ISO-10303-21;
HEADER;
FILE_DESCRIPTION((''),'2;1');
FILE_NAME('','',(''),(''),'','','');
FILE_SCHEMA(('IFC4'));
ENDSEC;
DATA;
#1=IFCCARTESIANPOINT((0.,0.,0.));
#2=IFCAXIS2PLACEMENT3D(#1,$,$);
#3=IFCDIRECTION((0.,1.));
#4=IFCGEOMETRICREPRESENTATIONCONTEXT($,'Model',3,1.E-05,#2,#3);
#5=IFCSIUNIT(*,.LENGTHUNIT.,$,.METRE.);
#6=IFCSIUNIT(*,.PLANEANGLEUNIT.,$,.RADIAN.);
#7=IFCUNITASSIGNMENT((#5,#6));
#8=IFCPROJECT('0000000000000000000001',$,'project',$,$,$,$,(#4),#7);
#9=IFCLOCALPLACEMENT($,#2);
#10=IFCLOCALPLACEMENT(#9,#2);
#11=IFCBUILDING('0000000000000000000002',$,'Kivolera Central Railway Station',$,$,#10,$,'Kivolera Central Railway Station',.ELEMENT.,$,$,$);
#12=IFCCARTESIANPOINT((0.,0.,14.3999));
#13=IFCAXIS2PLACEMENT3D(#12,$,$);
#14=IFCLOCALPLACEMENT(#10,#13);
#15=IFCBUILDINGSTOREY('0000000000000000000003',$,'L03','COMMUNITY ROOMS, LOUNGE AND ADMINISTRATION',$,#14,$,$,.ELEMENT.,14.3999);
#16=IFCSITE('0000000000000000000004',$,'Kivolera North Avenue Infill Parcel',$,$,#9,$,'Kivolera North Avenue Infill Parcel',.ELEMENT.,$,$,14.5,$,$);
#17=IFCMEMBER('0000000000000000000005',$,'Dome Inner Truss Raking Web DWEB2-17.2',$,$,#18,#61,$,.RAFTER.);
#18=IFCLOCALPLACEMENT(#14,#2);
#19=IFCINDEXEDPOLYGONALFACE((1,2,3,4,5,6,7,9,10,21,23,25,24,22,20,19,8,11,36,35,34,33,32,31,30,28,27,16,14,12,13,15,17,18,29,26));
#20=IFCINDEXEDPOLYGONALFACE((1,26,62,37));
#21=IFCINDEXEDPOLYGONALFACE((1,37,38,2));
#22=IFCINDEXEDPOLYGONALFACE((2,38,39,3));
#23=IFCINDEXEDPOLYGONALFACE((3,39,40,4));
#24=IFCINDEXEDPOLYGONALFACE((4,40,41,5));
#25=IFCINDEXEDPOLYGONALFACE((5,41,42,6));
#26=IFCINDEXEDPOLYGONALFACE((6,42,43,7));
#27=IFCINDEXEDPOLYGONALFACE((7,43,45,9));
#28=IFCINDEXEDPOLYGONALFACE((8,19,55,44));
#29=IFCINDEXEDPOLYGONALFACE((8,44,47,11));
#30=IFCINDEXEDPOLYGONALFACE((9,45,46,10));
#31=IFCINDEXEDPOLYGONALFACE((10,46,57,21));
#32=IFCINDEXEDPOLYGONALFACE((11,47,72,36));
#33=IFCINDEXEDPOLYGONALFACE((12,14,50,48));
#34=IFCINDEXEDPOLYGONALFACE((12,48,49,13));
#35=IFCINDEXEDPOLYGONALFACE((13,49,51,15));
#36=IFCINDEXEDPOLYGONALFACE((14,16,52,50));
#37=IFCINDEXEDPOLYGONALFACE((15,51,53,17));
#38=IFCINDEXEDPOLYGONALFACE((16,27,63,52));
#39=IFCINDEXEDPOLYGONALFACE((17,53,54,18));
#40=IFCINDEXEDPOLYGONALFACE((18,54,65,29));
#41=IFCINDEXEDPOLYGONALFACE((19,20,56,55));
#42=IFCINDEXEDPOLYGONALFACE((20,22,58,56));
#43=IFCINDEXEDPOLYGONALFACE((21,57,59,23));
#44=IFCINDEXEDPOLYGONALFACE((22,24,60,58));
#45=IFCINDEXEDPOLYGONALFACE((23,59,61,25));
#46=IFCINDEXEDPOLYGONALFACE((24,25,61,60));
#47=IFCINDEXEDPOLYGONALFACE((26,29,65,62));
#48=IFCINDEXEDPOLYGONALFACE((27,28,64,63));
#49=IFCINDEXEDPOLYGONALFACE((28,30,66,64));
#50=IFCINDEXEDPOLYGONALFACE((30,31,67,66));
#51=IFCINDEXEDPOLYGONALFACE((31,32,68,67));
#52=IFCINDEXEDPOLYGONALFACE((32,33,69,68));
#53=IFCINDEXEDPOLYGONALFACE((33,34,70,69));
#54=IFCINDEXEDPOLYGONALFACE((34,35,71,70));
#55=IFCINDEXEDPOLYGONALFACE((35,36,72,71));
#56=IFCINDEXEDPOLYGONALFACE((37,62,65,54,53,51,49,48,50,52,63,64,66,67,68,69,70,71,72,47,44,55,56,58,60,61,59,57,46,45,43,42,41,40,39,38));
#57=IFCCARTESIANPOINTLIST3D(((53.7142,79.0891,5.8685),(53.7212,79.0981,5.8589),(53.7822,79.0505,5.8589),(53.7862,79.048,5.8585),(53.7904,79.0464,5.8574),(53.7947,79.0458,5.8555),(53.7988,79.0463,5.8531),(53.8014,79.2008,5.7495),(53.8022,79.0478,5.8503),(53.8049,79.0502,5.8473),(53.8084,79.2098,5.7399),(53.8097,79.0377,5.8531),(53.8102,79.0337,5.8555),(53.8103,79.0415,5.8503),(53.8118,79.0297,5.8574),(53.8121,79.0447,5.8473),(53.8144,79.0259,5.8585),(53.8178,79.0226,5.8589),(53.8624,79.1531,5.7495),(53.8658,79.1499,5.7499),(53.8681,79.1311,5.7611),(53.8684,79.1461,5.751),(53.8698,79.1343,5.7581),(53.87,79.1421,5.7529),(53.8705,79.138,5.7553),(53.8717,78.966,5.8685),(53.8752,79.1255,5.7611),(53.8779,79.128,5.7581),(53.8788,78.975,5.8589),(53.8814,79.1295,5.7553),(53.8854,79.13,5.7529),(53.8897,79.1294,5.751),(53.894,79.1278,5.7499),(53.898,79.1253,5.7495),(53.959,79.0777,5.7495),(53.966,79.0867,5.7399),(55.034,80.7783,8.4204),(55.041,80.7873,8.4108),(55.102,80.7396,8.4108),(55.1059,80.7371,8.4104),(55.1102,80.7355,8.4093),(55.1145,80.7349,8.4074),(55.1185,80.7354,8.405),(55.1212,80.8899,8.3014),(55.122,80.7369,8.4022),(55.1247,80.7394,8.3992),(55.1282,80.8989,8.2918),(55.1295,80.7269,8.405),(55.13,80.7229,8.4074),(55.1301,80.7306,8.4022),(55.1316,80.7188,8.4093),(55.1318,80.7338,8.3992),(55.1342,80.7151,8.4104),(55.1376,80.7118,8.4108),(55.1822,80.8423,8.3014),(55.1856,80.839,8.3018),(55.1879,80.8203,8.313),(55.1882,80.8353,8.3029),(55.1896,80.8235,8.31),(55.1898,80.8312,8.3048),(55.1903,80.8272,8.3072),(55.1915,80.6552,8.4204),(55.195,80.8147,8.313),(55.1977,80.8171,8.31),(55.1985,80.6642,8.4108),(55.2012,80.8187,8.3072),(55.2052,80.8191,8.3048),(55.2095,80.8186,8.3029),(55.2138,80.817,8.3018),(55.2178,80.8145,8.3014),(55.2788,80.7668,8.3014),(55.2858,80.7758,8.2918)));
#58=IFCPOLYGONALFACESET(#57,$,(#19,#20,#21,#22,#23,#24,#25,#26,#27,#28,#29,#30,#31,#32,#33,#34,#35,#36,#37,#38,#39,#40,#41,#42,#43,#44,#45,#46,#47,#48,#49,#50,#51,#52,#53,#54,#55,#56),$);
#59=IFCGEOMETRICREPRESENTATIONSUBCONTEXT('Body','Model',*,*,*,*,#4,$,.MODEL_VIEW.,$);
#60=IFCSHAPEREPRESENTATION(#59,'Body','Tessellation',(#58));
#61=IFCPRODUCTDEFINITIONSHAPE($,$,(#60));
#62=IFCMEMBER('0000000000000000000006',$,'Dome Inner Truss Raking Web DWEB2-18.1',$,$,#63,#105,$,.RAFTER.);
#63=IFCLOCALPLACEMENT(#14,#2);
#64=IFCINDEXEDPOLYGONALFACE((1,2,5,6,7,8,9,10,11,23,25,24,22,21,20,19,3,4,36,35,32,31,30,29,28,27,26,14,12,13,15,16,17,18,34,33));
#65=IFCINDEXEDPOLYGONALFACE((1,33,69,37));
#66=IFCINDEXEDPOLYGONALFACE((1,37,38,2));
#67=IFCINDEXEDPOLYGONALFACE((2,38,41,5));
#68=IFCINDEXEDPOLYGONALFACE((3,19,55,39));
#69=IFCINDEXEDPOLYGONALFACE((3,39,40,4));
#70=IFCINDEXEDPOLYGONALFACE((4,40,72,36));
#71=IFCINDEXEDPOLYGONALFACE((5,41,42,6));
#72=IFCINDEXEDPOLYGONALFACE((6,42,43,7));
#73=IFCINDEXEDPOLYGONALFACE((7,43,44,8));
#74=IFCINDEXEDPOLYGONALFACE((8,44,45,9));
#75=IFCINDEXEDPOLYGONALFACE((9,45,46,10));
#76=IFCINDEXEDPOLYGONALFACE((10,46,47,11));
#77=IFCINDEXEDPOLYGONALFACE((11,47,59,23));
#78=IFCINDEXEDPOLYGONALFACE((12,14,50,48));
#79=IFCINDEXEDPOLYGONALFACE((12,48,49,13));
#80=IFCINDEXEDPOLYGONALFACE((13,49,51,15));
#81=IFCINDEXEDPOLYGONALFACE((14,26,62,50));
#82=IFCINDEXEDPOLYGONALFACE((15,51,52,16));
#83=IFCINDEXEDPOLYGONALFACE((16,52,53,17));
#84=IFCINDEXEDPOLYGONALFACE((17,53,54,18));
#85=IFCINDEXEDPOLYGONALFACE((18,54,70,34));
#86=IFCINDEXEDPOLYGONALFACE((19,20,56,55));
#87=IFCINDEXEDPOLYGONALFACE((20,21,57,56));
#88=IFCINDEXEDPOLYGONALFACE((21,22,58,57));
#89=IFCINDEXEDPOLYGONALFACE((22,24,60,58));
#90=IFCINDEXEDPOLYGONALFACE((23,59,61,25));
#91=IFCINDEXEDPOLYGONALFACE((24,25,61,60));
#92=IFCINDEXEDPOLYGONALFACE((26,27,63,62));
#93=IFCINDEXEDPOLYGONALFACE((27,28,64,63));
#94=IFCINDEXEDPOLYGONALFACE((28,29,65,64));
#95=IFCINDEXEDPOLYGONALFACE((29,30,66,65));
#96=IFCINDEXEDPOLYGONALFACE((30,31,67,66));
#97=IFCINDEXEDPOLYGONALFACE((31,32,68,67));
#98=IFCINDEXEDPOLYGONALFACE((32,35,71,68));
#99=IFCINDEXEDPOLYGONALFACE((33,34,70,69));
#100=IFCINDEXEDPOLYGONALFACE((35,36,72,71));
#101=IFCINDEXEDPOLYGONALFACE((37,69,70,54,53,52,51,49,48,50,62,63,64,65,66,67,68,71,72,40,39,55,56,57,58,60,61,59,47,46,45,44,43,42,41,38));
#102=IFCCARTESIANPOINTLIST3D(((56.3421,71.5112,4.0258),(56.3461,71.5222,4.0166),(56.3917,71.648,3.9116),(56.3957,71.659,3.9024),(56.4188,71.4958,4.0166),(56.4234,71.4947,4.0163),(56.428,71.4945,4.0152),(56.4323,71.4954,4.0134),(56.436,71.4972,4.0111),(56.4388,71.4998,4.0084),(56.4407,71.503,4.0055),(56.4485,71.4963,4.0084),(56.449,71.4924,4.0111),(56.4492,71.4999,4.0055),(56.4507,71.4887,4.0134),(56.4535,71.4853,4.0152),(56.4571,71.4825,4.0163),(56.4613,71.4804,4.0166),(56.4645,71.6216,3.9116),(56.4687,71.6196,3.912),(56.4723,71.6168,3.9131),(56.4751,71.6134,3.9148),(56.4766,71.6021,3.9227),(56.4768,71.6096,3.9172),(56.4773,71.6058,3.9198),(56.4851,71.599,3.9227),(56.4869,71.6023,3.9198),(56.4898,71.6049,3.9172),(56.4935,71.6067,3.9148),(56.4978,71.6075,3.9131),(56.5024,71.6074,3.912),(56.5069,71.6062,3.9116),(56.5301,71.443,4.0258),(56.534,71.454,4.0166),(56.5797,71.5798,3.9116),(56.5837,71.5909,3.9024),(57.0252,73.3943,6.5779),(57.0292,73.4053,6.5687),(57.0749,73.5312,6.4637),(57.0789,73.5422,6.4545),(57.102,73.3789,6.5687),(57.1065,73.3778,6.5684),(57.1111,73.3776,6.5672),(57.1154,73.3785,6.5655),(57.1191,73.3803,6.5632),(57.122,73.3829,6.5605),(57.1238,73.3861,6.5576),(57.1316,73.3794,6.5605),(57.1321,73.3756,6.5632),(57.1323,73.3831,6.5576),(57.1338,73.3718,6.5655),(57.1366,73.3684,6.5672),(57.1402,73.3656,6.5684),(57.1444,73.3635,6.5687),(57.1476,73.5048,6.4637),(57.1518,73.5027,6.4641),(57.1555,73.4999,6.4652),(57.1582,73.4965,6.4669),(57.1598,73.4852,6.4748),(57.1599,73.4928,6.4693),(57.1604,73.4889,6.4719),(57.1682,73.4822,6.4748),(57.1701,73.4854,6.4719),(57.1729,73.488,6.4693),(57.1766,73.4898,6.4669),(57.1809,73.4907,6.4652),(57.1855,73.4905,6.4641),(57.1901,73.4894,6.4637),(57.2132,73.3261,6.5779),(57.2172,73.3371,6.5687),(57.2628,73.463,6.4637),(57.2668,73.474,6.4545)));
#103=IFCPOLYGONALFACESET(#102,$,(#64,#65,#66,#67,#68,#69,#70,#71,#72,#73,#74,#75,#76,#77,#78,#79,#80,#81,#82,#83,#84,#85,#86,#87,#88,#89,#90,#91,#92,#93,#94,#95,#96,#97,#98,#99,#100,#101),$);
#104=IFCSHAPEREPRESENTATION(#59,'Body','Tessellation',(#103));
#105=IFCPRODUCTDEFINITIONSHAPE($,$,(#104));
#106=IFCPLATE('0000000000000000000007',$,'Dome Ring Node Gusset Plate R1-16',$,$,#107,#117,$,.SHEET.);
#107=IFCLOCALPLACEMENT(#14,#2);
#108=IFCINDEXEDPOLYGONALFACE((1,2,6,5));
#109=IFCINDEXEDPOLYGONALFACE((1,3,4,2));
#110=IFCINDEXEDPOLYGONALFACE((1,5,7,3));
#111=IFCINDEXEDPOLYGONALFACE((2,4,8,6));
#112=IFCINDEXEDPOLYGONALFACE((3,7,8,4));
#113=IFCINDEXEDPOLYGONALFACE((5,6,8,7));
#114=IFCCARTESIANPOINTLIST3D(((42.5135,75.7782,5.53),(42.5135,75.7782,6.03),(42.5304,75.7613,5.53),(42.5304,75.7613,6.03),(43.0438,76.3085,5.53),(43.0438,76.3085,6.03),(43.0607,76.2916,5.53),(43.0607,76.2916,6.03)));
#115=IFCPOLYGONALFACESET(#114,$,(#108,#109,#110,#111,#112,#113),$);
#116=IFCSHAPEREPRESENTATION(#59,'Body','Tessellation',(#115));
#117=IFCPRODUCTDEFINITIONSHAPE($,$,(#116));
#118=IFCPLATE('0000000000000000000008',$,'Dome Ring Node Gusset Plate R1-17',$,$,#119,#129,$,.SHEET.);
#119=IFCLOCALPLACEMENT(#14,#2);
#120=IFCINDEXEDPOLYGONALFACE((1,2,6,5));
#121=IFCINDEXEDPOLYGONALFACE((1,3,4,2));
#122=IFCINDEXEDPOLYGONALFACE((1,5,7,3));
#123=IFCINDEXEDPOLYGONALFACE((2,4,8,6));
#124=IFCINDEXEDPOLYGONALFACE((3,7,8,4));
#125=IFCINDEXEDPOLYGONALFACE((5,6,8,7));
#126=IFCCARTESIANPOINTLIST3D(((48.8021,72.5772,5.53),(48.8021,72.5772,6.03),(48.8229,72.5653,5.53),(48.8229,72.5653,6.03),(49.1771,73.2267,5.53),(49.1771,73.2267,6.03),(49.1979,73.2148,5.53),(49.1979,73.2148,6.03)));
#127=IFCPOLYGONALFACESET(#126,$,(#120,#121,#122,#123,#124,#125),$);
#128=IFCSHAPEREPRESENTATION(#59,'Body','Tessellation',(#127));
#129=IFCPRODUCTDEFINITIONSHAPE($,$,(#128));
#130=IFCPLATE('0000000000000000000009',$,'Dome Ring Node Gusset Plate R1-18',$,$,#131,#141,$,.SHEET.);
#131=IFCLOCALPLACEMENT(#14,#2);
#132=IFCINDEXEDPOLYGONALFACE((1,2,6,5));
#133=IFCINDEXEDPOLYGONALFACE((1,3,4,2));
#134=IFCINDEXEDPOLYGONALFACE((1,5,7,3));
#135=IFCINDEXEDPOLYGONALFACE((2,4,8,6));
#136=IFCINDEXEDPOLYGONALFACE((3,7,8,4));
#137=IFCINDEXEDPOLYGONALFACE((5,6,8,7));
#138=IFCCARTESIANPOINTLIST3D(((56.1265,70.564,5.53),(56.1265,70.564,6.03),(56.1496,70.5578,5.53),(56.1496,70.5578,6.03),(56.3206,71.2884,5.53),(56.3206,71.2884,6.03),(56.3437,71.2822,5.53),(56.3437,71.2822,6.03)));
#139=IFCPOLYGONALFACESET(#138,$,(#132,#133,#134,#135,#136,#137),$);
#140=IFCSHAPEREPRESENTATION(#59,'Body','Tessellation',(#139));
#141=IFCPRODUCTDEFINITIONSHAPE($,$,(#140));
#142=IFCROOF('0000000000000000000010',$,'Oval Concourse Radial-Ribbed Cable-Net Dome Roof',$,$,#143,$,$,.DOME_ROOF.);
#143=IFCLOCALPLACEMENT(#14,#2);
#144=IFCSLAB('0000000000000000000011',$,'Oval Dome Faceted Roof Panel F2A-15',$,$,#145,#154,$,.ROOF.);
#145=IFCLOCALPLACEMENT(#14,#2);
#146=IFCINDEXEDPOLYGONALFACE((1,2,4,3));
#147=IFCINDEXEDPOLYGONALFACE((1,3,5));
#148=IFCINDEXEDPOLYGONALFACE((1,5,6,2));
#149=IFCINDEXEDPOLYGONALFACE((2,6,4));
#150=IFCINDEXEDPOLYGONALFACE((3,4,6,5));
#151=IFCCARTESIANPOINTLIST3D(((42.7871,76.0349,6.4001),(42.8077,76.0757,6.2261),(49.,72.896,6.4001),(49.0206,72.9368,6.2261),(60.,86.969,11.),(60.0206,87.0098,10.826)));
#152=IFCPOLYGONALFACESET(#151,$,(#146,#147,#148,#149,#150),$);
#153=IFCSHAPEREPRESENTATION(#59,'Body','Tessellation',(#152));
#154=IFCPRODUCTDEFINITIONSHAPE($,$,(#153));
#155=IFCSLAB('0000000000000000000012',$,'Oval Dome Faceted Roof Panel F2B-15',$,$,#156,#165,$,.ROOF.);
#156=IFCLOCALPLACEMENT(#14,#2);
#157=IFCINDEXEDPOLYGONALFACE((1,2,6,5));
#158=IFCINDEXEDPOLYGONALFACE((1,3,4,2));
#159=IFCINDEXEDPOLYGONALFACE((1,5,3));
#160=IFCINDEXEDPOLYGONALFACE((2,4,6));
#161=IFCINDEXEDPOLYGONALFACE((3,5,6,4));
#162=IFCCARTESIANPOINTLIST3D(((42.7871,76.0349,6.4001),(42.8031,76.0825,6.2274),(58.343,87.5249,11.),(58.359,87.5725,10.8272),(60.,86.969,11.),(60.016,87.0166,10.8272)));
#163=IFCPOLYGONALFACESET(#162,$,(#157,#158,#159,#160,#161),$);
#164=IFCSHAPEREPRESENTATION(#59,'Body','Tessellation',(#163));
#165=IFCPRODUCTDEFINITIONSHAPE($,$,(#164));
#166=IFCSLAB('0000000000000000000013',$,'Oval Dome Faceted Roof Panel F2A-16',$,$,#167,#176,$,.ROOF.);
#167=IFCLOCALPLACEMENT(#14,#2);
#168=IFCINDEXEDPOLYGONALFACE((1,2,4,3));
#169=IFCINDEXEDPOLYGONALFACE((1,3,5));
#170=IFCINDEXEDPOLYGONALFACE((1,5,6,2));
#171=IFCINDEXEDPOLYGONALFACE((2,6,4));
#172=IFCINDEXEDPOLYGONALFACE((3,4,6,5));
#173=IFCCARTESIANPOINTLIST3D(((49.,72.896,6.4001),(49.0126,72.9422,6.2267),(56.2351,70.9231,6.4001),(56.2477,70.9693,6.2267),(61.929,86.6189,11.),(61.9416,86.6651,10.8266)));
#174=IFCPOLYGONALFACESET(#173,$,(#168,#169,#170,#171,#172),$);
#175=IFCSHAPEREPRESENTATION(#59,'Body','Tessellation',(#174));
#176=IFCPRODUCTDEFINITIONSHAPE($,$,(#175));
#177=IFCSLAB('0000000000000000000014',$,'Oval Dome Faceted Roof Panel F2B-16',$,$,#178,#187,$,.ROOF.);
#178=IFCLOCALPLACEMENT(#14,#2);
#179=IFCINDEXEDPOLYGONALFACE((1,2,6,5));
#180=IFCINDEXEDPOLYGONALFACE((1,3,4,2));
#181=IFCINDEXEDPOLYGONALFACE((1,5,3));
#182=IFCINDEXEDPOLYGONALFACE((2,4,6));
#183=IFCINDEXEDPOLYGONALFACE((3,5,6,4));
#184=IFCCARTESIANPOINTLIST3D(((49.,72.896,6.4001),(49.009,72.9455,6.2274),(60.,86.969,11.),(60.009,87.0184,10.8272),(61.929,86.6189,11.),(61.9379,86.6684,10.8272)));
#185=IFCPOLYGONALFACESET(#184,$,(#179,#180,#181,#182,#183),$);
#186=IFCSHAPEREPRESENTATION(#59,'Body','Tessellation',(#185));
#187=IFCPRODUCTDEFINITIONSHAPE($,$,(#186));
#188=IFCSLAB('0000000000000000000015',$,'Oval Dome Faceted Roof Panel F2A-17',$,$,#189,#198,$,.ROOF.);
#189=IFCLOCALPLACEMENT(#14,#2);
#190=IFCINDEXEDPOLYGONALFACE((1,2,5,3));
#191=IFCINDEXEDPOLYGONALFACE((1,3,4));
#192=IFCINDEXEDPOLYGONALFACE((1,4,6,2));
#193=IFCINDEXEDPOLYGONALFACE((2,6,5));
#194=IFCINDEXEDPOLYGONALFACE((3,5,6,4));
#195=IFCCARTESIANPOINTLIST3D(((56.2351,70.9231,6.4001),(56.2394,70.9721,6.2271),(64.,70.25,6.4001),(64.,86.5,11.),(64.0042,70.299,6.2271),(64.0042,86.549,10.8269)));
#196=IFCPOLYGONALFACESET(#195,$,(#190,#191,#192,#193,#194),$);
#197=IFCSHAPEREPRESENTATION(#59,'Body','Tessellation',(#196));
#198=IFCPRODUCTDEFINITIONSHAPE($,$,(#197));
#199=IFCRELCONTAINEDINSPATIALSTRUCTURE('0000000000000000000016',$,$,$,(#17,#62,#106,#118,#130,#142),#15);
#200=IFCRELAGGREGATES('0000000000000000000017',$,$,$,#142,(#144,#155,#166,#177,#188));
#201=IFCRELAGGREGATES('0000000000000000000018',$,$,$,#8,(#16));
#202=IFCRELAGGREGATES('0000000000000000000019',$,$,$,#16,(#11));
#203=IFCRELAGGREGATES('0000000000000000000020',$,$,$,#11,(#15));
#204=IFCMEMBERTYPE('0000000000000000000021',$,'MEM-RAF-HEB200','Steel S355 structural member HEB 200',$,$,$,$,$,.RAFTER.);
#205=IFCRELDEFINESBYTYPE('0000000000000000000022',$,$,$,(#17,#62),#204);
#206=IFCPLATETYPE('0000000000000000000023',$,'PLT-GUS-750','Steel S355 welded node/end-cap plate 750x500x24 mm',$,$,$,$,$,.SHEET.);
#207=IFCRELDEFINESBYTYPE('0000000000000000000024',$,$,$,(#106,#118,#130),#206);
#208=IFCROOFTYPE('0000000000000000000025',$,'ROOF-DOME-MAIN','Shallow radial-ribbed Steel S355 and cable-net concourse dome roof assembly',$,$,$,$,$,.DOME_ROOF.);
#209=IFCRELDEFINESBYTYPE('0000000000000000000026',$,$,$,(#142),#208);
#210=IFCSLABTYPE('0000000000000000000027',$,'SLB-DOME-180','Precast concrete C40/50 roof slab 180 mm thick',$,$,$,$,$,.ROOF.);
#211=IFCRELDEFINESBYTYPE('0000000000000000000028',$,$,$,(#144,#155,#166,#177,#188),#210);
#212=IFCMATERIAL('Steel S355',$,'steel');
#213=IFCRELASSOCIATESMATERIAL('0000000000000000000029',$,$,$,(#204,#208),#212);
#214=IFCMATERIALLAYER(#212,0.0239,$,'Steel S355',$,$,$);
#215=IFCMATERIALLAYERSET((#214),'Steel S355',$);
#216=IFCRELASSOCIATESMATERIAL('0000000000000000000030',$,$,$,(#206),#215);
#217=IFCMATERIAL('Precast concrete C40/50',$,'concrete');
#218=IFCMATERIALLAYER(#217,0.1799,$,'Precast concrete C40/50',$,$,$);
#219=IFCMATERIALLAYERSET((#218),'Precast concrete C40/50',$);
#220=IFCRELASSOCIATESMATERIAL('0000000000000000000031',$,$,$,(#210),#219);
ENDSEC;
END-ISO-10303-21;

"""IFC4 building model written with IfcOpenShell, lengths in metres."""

from ifc_helpers import new_model, si_unit, direction, frame, origin, origin_2d, place, context, subcontext, project, spatial, polyline, rectangle, i_section, outline, extrude, material, layer, layer_set, material_profile, profile_set, type_object, element, aggregate, save


model = new_model("IFC4")

# Units and contexts
model_context = context("Model", 3, precision=1e-05, world=origin(), true_north=direction((0.0, 1.0)))
body_context = subcontext(model_context, "Body", "Model", "MODEL_VIEW")
ifc_project = project(units=[si_unit("LENGTHUNIT", "METRE"), si_unit("PLANEANGLEUNIT", "RADIAN")], contexts=[model_context])

# Site, building, storey
site_placement = place(None, origin())
site = spatial("IfcSite", under=ifc_project, at=site_placement, Name="Kivolera North Avenue Infill Parcel", LongName="Kivolera North Avenue Infill Parcel", CompositionType="ELEMENT", RefElevation=14.5)
building_placement = place(site_placement, origin())
building = spatial("IfcBuilding", under=site, at=building_placement, Name="Kivolera Central Railway Station", LongName="Kivolera Central Railway Station", CompositionType="ELEMENT")
storey_placement = place(building_placement, frame((0.0, 0.0, 14.3999)))
storey = spatial("IfcBuildingStorey", under=building, at=storey_placement, Name="L03", Description="COMMUNITY ROOMS, LOUNGE AND ADMINISTRATION", CompositionType="ELEMENT", Elevation=14.3999)

# Shared definitions
ifc_material_1 = material(Name="Steel S355", Category="steel")

# Members
ifc_material_profile_1 = material_profile(ifc_material_1, i_section(OverallWidth=0.2, OverallDepth=0.2, WebThickness=0.009, FlangeThickness=0.0149, FilletRadius=0.0181, at=origin_2d()), Name="HEB 200")
ifc_profile_set_1 = profile_set([ifc_material_profile_1], Name="Steel S355")
member_type_1 = type_object("IfcMemberType", Name="MEM-RAF-HEB200", Description="Steel S355 structural member HEB 200", PredefinedType="RAFTER", material=ifc_profile_set_1)
for number, where, z_axis, x_axis, name in (
    (1, (53.8401, 79.0879, 5.8042), (0.396001, 0.506832, 0.765705), (-0.787995, 0.615682, 0.0), "Dome Inner Truss Raking Web DWEB2-17.2"),
):
    element("IfcMember", number, at=place(storey_placement, frame(where, z_axis=z_axis, x_axis=x_axis)), inside=storey, type_object=member_type_1, Name=name, PredefinedType="RAFTER", context=body_context, shape_type="SweptSolid", body=[
        extrude(i_section(OverallWidth=0.2, OverallDepth=0.2, WebThickness=0.009, FlangeThickness=0.0149, FilletRadius=0.0181, at=origin_2d()), origin(), (0.0, 0.0, 1.0), 3.3328),
    ])
member_1_placement = place(storey_placement, frame((56.4629, 71.551, 3.9641), z_axis=(0.210558, 0.580426, 0.78662), x_axis=(-0.940056, 0.341019, 0.0)))
element("IfcMember", 2, at=member_1_placement, inside=storey, type_object=member_type_1, Name="Dome Inner Truss Raking Web DWEB2-18.1", PredefinedType="RAFTER", context=body_context, shape_type="SweptSolid", body=[
    extrude(i_section(OverallWidth=0.2, OverallDepth=0.2, WebThickness=0.009, FlangeThickness=0.0149, FilletRadius=0.0181, at=origin_2d()), origin(), (0.0, 0.0, 1.0), 3.2444),
])

# Plates
ifc_layer_1 = layer(ifc_material_1, 0.0239, Name="Steel S355")
ifc_layer_set_1 = layer_set([ifc_layer_1], Name="Steel S355")
plate_type = type_object("IfcPlateType", Name="PLT-GUS-750", Description="Steel S355 welded node/end-cap plate 750x500x24 mm", PredefinedType="SHEET", material=ifc_layer_set_1)
for number, where, z_axis, x_axis, name in (
    (3, (42.7871, 76.0349, 5.53), (0.0, 0.0, 1.0), (-0.707107, -0.707107, 0.0), "Dome Ring Node Gusset Plate R1-16"),
    (4, (49.0, 72.896, 5.53), (0.0, 0.0, 1.0), (-0.5, -0.866025, 0.0), "Dome Ring Node Gusset Plate R1-17"),
    (5, (56.2351, 70.9231, 5.53), (0.0, 0.0, 1.0), (-0.258819, -0.965926, 0.0), "Dome Ring Node Gusset Plate R1-18"),
):
    element("IfcPlate", number, at=place(storey_placement, frame(where, z_axis=z_axis, x_axis=x_axis)), inside=storey, type_object=plate_type, Name=name, PredefinedType="SHEET", context=body_context, shape_type="SweptSolid", body=[
        extrude(rectangle(XDim=0.75, YDim=0.0239, at=origin_2d()), origin(), (0.0, 0.0, 1.0), 0.5),
    ])

# Roof, slabs
roof_type = type_object("IfcRoofType", Name="ROOF-DOME-MAIN", Description="Shallow radial-ribbed Steel S355 and cable-net concourse dome roof assembly", PredefinedType="DOME_ROOF", material=ifc_material_1)
roof_placement = place(storey_placement, origin())
roof = element("IfcRoof", 6, at=roof_placement, inside=storey, type_object=roof_type, Name="Oval Concourse Radial-Ribbed Cable-Net Dome Roof", PredefinedType="DOME_ROOF")
ifc_material_2 = material(Name="Precast concrete C40/50", Category="concrete")
ifc_layer_2 = layer(ifc_material_2, 0.1799, Name="Precast concrete C40/50")
ifc_layer_set_2 = layer_set([ifc_layer_2], Name="Precast concrete C40/50")
slab_type = type_object("IfcSlabType", Name="SLB-DOME-180", Description="Precast concrete C40/50 roof slab 180 mm thick", PredefinedType="ROOF", material=ifc_layer_set_2)
slab_1_placement = place(storey_placement, frame((42.7871, 76.0349, 6.4001), z_axis=(-0.114505, -0.226642, 0.967224), x_axis=(0.892553, -0.450942, 0.0)))
slab_1 = element("IfcSlab", 7, at=slab_1_placement, type_object=slab_type, Name="Oval Dome Faceted Roof Panel F2A-15", PredefinedType="ROOF", context=body_context, shape_type="SweptSolid", body=[
    extrude(outline(polyline([(0.0, 0.0), (6.9608, 0.0), (10.4328, 18.115), (0.0, 0.0)])), origin(), (0.0, 0.0, -1.0), 0.1799),
])
slab_2_placement = place(storey_placement, frame((42.7871, 76.0349, 6.4001), z_axis=(-0.088696, -0.264373, 0.960333), x_axis=(0.823408, 0.52305, 0.220042)))
slab_2 = element("IfcSlab", 8, at=slab_2_placement, type_object=slab_type, Name="Oval Dome Faceted Roof Panel F2B-15", PredefinedType="ROOF", context=body_context, shape_type="SweptSolid", body=[
    extrude(outline(polyline([(0.0, 0.0), (20.9045, 0.0), (19.8309, 1.3791), (0.0, 0.0)])), origin(), (0.0, 0.0, -1.0), 0.1799),
])
slab_3_placement = place(storey_placement, frame((49.0, 72.896, 6.4001), z_axis=(-0.070092, -0.257043, 0.963855), x_axis=(0.964774, -0.263079, 0.0)))
slab_3 = element("IfcSlab", 9, at=slab_3_placement, type_object=slab_type, Name="Oval Dome Faceted Roof Panel F2A-16", PredefinedType="ROOF", context=body_context, shape_type="SweptSolid", body=[
    extrude(outline(polyline([(0.0, 0.0), (7.4993, 0.0), (8.8633, 17.2649), (0.0, 0.0)])), origin(), (0.0, 0.0, -1.0), 0.1799),
])
slab_4_placement = place(storey_placement, frame((49.0, 72.896, 6.4001), z_axis=(-0.049885, -0.274853, 0.960191), x_axis=(0.666198, 0.707108, 0.237019)))
slab_4 = element("IfcSlab", 10, at=slab_4_placement, type_object=slab_type, Name="Oval Dome Faceted Roof Panel F2B-16", PredefinedType="ROOF", context=body_context, shape_type="SweptSolid", body=[
    extrude(outline(polyline([(0.0, 0.0), (19.4071, 0.0), (18.3696, 1.6634), (0.0, 0.0)])), origin(), (0.0, 0.0, -1.0), 0.1799),
])
slab_5_placement = place(storey_placement, frame((56.2351, 70.9231, 6.4001), z_axis=(-0.023603, -0.27229, 0.961926), x_axis=(0.996264, -0.086361, 0.0)))
slab_5 = element("IfcSlab", 11, at=slab_5_placement, type_object=slab_type, Name="Oval Dome Faceted Roof Panel F2A-17", PredefinedType="ROOF", context=body_context, shape_type="SweptSolid", body=[
    extrude(outline(polyline([(0.0, 0.0), (7.794, 0.0), (6.3907, 16.8301), (0.0, 0.0)])), origin(), (0.0, 0.0, -1.0), 0.1799),
])
aggregate(roof, [slab_1, slab_2, slab_3, slab_4, slab_5])

save(model, "model.ifc")
